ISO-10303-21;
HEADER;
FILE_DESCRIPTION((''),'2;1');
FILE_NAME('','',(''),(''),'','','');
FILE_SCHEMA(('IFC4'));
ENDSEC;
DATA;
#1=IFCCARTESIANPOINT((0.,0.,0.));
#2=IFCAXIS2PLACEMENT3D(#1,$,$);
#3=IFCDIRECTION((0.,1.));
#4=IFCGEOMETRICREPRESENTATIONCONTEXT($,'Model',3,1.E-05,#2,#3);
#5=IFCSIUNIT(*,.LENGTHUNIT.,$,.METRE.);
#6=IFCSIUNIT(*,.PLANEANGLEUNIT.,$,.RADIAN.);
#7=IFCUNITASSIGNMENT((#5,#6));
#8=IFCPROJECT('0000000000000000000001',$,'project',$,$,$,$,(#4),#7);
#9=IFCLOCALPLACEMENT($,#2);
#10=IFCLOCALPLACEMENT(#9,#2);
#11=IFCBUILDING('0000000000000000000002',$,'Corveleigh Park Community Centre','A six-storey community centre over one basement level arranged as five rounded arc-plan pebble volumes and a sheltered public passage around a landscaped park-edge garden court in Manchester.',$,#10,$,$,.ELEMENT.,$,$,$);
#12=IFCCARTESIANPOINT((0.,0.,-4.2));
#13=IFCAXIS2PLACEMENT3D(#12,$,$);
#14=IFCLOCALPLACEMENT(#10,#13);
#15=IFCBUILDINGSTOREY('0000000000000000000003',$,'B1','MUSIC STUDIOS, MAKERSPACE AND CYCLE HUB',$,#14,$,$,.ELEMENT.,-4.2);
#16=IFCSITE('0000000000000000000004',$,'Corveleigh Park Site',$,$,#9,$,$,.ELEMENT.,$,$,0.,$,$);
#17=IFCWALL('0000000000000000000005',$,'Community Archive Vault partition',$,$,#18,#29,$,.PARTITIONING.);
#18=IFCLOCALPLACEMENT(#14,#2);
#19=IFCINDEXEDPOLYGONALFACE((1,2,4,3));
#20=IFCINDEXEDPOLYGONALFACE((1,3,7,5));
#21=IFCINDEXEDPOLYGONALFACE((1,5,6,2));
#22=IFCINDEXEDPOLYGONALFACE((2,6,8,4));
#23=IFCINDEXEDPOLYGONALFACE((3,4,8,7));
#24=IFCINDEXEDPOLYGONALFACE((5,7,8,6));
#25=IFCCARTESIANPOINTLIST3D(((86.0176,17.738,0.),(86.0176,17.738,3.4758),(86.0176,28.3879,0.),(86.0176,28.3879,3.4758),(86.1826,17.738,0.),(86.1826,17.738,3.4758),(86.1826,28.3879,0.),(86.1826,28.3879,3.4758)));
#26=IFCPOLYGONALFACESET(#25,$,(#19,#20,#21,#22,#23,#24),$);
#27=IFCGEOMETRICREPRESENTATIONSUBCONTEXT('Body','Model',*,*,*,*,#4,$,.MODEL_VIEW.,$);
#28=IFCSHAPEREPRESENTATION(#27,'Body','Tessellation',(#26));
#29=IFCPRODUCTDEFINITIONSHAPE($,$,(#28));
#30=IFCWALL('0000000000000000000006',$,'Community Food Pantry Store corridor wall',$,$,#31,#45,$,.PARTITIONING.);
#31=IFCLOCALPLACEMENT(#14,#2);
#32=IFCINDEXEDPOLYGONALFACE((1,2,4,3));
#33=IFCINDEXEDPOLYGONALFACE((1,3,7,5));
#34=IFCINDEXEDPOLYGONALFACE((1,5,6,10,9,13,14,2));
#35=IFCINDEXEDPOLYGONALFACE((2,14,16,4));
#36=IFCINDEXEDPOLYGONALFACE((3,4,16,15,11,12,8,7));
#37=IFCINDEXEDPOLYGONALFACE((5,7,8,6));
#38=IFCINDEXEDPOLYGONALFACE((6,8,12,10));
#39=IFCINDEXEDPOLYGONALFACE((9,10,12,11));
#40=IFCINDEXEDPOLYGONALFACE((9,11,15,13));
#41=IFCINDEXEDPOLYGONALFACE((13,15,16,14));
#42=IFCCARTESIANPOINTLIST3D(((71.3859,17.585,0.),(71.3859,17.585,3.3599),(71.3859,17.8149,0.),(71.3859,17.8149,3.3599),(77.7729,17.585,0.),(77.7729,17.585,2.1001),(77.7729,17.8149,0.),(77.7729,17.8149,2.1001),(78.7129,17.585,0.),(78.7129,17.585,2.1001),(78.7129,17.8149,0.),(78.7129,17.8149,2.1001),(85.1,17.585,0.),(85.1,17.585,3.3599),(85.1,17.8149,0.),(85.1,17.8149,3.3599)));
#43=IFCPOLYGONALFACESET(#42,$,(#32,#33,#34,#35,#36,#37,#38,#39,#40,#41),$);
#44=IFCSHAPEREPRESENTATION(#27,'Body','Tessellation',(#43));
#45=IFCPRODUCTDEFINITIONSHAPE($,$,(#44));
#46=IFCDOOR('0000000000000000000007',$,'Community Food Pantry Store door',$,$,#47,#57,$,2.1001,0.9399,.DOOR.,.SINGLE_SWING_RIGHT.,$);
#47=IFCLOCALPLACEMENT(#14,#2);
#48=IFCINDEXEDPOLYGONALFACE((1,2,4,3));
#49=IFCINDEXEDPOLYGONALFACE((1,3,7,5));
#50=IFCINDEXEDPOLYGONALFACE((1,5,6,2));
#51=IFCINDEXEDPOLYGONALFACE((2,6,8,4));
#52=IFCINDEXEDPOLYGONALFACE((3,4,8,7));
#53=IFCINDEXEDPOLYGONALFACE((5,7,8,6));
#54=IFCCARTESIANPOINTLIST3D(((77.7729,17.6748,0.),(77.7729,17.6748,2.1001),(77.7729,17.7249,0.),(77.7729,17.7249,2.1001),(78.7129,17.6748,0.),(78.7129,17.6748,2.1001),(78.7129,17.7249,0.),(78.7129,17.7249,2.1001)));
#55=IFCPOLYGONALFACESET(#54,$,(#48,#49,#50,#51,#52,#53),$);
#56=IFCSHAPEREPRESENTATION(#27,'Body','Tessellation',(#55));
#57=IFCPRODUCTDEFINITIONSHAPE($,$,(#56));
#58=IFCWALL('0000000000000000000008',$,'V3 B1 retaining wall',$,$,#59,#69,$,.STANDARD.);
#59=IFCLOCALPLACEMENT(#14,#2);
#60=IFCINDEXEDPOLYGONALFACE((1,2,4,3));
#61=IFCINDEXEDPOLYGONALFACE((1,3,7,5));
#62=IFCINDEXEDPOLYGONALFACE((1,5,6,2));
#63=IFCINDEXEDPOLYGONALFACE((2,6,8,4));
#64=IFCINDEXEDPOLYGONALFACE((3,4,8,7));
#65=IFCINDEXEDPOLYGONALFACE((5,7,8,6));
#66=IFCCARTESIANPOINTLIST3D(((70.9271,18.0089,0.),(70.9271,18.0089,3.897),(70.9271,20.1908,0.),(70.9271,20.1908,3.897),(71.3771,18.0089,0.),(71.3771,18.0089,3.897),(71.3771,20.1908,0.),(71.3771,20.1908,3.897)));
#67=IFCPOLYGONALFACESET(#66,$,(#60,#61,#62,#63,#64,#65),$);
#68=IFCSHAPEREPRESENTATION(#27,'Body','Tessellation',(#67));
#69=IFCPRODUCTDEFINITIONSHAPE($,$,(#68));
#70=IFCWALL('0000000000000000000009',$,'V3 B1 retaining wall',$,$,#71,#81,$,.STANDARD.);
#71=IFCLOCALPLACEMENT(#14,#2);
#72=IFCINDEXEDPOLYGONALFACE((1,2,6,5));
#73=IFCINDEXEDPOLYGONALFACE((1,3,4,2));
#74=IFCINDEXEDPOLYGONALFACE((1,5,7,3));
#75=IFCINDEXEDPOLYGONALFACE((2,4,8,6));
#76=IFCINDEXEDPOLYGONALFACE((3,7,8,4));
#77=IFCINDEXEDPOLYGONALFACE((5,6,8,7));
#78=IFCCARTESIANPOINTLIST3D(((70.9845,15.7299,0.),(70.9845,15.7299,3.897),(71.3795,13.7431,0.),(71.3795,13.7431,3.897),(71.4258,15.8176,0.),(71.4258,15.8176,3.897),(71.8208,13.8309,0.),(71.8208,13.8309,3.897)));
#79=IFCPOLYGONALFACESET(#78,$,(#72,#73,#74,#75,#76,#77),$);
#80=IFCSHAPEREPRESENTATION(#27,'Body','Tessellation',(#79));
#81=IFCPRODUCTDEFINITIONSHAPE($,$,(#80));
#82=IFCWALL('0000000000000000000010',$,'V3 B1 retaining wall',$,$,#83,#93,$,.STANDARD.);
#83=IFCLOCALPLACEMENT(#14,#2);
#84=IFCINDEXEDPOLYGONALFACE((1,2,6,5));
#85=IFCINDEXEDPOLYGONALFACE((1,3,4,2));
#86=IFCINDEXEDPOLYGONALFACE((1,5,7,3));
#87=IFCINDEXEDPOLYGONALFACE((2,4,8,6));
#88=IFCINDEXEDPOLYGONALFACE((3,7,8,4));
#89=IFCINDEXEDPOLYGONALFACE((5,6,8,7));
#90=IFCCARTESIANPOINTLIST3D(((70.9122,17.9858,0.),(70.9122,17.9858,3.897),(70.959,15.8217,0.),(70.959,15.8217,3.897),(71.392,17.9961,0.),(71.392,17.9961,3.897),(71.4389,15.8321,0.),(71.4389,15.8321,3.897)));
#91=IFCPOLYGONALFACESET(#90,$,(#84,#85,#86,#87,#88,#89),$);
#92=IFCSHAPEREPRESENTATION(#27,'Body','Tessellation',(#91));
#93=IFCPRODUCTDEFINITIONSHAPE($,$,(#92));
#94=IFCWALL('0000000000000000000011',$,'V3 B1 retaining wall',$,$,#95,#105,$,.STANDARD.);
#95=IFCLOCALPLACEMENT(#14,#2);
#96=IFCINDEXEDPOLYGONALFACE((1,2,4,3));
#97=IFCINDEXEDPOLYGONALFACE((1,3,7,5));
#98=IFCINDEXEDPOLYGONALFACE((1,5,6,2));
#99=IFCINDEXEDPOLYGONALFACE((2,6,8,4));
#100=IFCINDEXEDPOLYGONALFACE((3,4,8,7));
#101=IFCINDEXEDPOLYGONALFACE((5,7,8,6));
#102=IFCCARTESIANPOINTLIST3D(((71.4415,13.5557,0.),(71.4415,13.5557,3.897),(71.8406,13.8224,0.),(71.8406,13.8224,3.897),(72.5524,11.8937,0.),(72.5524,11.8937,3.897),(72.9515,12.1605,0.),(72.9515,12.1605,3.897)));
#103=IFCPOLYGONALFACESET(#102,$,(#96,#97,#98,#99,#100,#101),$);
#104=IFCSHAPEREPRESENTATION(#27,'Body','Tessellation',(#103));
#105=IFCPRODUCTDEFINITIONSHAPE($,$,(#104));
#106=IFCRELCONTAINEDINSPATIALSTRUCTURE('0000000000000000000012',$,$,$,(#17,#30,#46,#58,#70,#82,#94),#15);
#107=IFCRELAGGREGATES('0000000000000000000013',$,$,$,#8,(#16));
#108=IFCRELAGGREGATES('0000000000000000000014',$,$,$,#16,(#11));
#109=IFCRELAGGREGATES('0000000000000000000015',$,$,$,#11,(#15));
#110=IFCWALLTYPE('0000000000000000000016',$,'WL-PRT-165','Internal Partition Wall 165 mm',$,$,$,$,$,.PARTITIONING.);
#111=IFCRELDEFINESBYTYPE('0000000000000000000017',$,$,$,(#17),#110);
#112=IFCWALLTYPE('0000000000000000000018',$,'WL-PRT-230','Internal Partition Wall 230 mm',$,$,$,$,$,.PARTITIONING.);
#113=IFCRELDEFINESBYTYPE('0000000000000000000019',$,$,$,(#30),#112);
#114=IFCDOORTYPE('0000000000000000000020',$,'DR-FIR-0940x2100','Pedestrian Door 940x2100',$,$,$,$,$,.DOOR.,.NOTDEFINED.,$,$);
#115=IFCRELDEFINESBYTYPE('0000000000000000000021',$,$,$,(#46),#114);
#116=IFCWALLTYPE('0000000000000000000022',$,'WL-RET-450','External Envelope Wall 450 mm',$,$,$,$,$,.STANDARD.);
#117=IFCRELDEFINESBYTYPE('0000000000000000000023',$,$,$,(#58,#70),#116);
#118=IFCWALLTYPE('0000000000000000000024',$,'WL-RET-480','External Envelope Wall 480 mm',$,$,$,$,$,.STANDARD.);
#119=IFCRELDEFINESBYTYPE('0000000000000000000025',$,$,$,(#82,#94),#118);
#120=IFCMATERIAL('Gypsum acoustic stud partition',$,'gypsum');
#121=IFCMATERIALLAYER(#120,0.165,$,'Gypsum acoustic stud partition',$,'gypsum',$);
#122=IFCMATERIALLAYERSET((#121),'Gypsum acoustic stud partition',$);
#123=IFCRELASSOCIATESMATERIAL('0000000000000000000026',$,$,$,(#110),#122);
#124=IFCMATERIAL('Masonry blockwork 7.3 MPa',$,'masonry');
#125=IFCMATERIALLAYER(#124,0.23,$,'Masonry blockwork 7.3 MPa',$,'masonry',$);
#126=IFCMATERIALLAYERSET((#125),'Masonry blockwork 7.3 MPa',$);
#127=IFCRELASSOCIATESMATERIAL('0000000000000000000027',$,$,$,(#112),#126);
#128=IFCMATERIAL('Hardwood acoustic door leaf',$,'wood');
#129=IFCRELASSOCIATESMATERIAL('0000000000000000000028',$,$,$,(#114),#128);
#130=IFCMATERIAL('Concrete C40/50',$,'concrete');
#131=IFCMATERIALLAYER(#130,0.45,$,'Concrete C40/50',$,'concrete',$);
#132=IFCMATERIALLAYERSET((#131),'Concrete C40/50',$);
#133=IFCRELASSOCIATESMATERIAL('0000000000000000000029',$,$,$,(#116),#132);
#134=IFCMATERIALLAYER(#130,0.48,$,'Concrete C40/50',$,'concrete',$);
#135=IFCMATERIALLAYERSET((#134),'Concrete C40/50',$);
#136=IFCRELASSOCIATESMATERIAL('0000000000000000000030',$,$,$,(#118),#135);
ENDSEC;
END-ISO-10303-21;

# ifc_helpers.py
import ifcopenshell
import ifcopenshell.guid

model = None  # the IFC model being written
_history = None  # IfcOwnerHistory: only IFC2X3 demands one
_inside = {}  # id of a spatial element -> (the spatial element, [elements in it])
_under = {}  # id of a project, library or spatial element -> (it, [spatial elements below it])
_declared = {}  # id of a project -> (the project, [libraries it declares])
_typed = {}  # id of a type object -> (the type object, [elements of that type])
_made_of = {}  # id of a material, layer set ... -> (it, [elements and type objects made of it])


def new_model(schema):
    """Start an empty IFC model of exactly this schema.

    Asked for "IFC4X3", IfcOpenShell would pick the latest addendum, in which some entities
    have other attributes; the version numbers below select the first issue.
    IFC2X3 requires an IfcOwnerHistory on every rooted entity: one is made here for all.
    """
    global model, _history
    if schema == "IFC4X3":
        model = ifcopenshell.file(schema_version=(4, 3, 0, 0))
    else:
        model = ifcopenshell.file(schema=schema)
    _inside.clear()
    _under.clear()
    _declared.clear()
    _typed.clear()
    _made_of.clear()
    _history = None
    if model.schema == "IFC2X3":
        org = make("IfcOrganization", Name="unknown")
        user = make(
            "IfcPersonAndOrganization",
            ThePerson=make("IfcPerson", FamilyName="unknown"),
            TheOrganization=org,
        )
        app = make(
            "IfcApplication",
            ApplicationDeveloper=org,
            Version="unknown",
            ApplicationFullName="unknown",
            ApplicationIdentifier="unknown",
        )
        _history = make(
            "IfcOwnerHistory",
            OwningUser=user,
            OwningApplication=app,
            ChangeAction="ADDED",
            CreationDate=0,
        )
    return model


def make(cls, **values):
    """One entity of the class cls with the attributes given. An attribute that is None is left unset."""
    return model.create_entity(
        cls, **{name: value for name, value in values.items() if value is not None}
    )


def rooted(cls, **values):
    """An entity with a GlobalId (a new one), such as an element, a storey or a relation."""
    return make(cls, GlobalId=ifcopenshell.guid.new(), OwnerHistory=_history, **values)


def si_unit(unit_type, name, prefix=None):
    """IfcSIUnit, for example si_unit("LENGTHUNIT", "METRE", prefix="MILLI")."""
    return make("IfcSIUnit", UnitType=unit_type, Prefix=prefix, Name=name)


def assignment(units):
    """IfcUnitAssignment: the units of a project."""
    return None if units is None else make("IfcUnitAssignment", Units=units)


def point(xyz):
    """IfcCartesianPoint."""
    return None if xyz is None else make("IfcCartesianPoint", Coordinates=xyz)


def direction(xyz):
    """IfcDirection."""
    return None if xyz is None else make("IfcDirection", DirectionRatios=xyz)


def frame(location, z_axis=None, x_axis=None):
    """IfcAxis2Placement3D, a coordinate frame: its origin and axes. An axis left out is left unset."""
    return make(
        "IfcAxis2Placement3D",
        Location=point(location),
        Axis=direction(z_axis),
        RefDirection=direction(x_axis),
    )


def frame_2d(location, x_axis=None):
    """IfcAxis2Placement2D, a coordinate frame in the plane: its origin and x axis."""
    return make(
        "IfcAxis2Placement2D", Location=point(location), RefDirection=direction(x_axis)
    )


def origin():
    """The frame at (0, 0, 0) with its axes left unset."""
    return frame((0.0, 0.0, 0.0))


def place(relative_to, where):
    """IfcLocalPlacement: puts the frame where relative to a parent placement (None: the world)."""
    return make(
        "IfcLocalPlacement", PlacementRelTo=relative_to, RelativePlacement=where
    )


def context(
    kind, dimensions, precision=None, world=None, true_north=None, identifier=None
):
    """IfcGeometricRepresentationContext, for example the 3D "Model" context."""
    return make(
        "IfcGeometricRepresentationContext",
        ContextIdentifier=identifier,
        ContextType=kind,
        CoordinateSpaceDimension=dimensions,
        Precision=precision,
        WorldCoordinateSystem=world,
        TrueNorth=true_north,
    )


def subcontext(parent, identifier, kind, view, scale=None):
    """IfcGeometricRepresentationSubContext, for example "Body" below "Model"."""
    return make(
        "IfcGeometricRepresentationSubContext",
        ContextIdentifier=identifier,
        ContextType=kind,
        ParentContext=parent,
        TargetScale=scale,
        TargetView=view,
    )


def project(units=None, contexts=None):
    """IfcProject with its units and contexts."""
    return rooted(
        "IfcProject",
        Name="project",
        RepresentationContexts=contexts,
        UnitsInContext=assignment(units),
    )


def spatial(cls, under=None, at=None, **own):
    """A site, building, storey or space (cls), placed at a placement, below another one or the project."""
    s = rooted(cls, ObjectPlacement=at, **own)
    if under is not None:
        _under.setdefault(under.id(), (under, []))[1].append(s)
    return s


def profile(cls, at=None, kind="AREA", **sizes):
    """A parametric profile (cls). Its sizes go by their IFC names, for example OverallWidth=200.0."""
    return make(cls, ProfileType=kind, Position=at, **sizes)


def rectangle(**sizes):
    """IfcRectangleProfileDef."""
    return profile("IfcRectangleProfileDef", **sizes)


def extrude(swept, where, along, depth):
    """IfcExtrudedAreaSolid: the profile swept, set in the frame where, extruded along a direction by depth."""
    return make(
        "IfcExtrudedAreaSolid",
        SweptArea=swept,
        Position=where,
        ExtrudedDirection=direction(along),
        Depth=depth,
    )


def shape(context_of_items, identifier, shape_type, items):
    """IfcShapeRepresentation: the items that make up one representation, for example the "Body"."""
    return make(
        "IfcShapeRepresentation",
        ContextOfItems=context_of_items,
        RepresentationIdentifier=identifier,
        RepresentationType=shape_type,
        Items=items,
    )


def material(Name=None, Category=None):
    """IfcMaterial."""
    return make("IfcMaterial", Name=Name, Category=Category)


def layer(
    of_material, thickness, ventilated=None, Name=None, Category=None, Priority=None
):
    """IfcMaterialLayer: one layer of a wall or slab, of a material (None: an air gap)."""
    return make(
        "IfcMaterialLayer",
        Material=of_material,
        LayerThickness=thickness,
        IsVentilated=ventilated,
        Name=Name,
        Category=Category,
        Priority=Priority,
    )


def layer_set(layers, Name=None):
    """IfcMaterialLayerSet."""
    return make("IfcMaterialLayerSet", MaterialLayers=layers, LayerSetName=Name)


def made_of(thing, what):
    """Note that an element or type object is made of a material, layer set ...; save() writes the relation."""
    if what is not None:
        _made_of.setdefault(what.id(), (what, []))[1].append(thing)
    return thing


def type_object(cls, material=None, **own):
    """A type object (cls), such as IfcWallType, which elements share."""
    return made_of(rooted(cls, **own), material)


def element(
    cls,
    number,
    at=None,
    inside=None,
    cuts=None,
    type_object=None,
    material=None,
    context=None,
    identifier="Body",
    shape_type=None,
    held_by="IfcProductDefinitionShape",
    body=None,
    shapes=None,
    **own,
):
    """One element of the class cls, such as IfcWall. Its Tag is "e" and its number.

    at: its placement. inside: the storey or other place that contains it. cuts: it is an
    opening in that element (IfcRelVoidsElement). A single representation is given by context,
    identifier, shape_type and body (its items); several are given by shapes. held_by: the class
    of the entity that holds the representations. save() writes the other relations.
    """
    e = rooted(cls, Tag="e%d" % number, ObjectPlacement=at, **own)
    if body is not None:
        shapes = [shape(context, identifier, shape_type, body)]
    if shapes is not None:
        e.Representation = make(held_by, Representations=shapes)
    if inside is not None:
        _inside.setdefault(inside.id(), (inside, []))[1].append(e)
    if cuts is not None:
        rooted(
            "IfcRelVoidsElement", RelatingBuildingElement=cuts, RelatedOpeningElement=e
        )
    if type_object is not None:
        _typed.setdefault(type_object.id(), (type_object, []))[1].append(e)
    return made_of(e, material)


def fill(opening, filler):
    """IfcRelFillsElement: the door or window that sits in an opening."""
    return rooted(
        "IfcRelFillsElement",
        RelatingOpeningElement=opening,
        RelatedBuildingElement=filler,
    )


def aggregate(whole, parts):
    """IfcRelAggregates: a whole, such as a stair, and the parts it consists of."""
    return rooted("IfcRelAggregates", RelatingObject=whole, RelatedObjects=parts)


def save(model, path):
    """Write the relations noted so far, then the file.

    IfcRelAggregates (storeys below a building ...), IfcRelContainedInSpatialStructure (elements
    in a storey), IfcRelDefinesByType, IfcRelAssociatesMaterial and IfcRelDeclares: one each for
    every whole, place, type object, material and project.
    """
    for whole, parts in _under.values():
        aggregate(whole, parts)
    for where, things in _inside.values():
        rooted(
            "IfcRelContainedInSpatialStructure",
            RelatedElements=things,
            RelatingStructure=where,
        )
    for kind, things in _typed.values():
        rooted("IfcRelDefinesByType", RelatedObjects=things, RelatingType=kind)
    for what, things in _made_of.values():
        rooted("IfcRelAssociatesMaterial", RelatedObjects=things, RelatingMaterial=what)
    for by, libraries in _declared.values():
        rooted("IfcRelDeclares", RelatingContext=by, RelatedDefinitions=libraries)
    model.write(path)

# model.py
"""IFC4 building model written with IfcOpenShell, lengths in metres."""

from ifc_helpers import new_model, si_unit, direction, frame, frame_2d, origin, place, context, subcontext, project, spatial, rectangle, extrude, material, layer, layer_set, type_object, element, fill, save


model = new_model("IFC4")

# Units and contexts
model_context = context("Model", 3, precision=1e-05, world=origin(), true_north=direction((0.0, 1.0)))
body_context = subcontext(model_context, "Body", "Model", "MODEL_VIEW")
ifc_project = project(units=[si_unit("LENGTHUNIT", "METRE"), si_unit("PLANEANGLEUNIT", "RADIAN")], contexts=[model_context])

# Site, building, storey
site_placement = place(None, origin())
site = spatial("IfcSite", under=ifc_project, at=site_placement, Name="Corveleigh Park Site", CompositionType="ELEMENT", RefElevation=0.0)
building_placement = place(site_placement, origin())
building = spatial("IfcBuilding", under=site, at=building_placement, Name="Corveleigh Park Community Centre", Description="A six-storey community centre over one basement level arranged as five rounded arc-plan pebble volumes and a sheltered public passage around a landscaped park-edge garden court in Manchester.", CompositionType="ELEMENT")
storey_placement = place(building_placement, frame((0.0, 0.0, -4.2)))
storey = spatial("IfcBuildingStorey", under=building, at=storey_placement, Name="B1", Description="MUSIC STUDIOS, MAKERSPACE AND CYCLE HUB", CompositionType="ELEMENT", Elevation=-4.2)

# Shared definitions
ifc_material_1 = material(Name="Concrete C40/50", Category="concrete")

# Shared definitions
ifc_material_2 = material(Name="Gypsum acoustic stud partition", Category="gypsum")
ifc_material_3 = material(Name="Hardwood acoustic door leaf", Category="wood")

# Wall
ifc_layer_1 = layer(ifc_material_2, 0.165, Name="Gypsum acoustic stud partition", Category="gypsum")
ifc_layer_set_1 = layer_set([ifc_layer_1], Name="Gypsum acoustic stud partition")
wall_type_1 = type_object("IfcWallType", Name="WL-PRT-165", Description="Internal Partition Wall 165 mm", PredefinedType="PARTITIONING", material=ifc_layer_set_1)
wall_1_placement = place(storey_placement, frame((86.1001, 17.738, 0.0), z_axis=(0.0, 0.0, 1.0), x_axis=(0.0, 1.0, 0.0)))
element("IfcWall", 1, at=wall_1_placement, inside=storey, type_object=wall_type_1, Name="Community Archive Vault partition", PredefinedType="PARTITIONING", context=body_context, shape_type="SweptSolid", body=[
    extrude(rectangle(XDim=10.6499, YDim=0.165, at=frame_2d((5.325, 0.0))), origin(), (0.0, 0.0, 1.0), 3.4758),
])

# Wall, opening, door
ifc_material_4 = material(Name="Masonry blockwork 7.3 MPa", Category="masonry")
ifc_layer_2 = layer(ifc_material_4, 0.23, Name="Masonry blockwork 7.3 MPa", Category="masonry")
ifc_layer_set_2 = layer_set([ifc_layer_2], Name="Masonry blockwork 7.3 MPa")
wall_type_2 = type_object("IfcWallType", Name="WL-PRT-230", Description="Internal Partition Wall 230 mm", PredefinedType="PARTITIONING", material=ifc_layer_set_2)
wall_2_placement = place(storey_placement, frame((71.386, 17.7, 0.0), z_axis=(0.0, 0.0, 1.0), x_axis=(1.0, 0.0, 0.0)))
wall_2 = element("IfcWall", 2, at=wall_2_placement, inside=storey, type_object=wall_type_2, Name="Community Food Pantry Store corridor wall", PredefinedType="PARTITIONING", context=body_context, shape_type="SweptSolid", body=[
    extrude(rectangle(XDim=13.7141, YDim=0.23, at=frame_2d((6.8569, 0.0))), origin(), (0.0, 0.0, 1.0), 3.3599),
])
opening_1_placement = place(wall_2_placement, frame((6.387, 0.0, 0.0)))
opening_1 = element("IfcOpeningElement", 3, at=opening_1_placement, cuts=wall_2, PredefinedType="OPENING", context=body_context, shape_type="SweptSolid", body=[
    extrude(rectangle(XDim=0.9399, YDim=2.1001, at=frame_2d((0.47, 1.05))), frame((0.0, 0.125, 0.0), z_axis=(0.0, -1.0, 0.0), x_axis=(1.0, 0.0, 0.0)), (0.0, 0.0, 1.0), 0.25),
])
door_type_1 = type_object("IfcDoorType", Name="DR-FIR-0940x2100", Description="Pedestrian Door 940x2100", OperationType="NOTDEFINED", PredefinedType="DOOR", material=ifc_material_3)
door_1_placement = place(opening_1_placement, origin())
door_1 = element("IfcDoor", 4, at=door_1_placement, inside=storey, type_object=door_type_1, Name="Community Food Pantry Store door", OperationType="SINGLE_SWING_RIGHT", OverallHeight=2.1001, OverallWidth=0.9399, PredefinedType="DOOR", context=body_context, shape_type="SweptSolid", body=[
    extrude(rectangle(XDim=0.9399, YDim=2.1001, at=frame_2d((0.47, 1.05))), frame((0.0, 0.0249, 0.0), z_axis=(0.0, -1.0, 0.0), x_axis=(1.0, 0.0, 0.0)), (0.0, 0.0, 1.0), 0.05),
])
fill(opening_1, door_1)

# Walls
ifc_layer_3 = layer(ifc_material_1, 0.45, Name="Concrete C40/50", Category="concrete")
ifc_layer_set_3 = layer_set([ifc_layer_3], Name="Concrete C40/50")
wall_type_3 = type_object("IfcWallType", Name="WL-RET-450", Description="External Envelope Wall 450 mm", PredefinedType="STANDARD", material=ifc_layer_set_3)
wall_3_placement = place(storey_placement, frame((71.1521, 18.009, 0.0), z_axis=(0.0, 0.0, 1.0), x_axis=(0.0, 1.0, 0.0)))
element("IfcWall", 5, at=wall_3_placement, inside=storey, type_object=wall_type_3, Name="V3 B1 retaining wall", PredefinedType="STANDARD", context=body_context, shape_type="SweptSolid", body=[
    extrude(rectangle(XDim=2.1819, YDim=0.45, at=frame_2d((1.0908, 0.0))), origin(), (0.0, 0.0, 1.0), 3.897),
])
wall_4_placement = place(storey_placement, frame((71.6001, 13.7871, 0.0), z_axis=(0.0, 0.0, 1.0), x_axis=(-0.195004, 0.980803, 0.0)))
element("IfcWall", 6, at=wall_4_placement, inside=storey, type_object=wall_type_3, Name="V3 B1 retaining wall", PredefinedType="STANDARD", context=body_context, shape_type="SweptSolid", body=[
    extrude(rectangle(XDim=2.0256, YDim=0.45, at=frame_2d((1.0127, 0.0))), origin(), (0.0, 0.0, 1.0), 3.897),
])
ifc_layer_4 = layer(ifc_material_1, 0.48, Name="Concrete C40/50", Category="concrete")
ifc_layer_set_4 = layer_set([ifc_layer_4], Name="Concrete C40/50")
wall_type_4 = type_object("IfcWallType", Name="WL-RET-480", Description="External Envelope Wall 480 mm", PredefinedType="STANDARD", material=ifc_layer_set_4)
wall_5_placement = place(storey_placement, frame((71.199, 15.8269, 0.0), z_axis=(0.0, 0.0, 1.0), x_axis=(-0.021656, 0.999765, 0.0)))
element("IfcWall", 7, at=wall_5_placement, inside=storey, type_object=wall_type_4, Name="V3 B1 retaining wall", PredefinedType="STANDARD", context=body_context, shape_type="SweptSolid", body=[
    extrude(rectangle(XDim=2.1646, YDim=0.48, at=frame_2d((1.0823, 0.0))), origin(), (0.0, 0.0, 1.0), 3.897),
])
wall_6_placement = place(storey_placement, frame((72.752, 12.0271, 0.0), z_axis=(0.0, 0.0, 1.0), x_axis=(-0.555714, 0.831373, 0.0)))
element("IfcWall", 8, at=wall_6_placement, inside=storey, type_object=wall_type_4, Name="V3 B1 retaining wall", PredefinedType="STANDARD", context=body_context, shape_type="SweptSolid", body=[
    extrude(rectangle(XDim=1.999, YDim=0.48, at=frame_2d((0.9995, 0.0))), origin(), (0.0, 0.0, 1.0), 3.897),
])

save(model, "model.ifc")
